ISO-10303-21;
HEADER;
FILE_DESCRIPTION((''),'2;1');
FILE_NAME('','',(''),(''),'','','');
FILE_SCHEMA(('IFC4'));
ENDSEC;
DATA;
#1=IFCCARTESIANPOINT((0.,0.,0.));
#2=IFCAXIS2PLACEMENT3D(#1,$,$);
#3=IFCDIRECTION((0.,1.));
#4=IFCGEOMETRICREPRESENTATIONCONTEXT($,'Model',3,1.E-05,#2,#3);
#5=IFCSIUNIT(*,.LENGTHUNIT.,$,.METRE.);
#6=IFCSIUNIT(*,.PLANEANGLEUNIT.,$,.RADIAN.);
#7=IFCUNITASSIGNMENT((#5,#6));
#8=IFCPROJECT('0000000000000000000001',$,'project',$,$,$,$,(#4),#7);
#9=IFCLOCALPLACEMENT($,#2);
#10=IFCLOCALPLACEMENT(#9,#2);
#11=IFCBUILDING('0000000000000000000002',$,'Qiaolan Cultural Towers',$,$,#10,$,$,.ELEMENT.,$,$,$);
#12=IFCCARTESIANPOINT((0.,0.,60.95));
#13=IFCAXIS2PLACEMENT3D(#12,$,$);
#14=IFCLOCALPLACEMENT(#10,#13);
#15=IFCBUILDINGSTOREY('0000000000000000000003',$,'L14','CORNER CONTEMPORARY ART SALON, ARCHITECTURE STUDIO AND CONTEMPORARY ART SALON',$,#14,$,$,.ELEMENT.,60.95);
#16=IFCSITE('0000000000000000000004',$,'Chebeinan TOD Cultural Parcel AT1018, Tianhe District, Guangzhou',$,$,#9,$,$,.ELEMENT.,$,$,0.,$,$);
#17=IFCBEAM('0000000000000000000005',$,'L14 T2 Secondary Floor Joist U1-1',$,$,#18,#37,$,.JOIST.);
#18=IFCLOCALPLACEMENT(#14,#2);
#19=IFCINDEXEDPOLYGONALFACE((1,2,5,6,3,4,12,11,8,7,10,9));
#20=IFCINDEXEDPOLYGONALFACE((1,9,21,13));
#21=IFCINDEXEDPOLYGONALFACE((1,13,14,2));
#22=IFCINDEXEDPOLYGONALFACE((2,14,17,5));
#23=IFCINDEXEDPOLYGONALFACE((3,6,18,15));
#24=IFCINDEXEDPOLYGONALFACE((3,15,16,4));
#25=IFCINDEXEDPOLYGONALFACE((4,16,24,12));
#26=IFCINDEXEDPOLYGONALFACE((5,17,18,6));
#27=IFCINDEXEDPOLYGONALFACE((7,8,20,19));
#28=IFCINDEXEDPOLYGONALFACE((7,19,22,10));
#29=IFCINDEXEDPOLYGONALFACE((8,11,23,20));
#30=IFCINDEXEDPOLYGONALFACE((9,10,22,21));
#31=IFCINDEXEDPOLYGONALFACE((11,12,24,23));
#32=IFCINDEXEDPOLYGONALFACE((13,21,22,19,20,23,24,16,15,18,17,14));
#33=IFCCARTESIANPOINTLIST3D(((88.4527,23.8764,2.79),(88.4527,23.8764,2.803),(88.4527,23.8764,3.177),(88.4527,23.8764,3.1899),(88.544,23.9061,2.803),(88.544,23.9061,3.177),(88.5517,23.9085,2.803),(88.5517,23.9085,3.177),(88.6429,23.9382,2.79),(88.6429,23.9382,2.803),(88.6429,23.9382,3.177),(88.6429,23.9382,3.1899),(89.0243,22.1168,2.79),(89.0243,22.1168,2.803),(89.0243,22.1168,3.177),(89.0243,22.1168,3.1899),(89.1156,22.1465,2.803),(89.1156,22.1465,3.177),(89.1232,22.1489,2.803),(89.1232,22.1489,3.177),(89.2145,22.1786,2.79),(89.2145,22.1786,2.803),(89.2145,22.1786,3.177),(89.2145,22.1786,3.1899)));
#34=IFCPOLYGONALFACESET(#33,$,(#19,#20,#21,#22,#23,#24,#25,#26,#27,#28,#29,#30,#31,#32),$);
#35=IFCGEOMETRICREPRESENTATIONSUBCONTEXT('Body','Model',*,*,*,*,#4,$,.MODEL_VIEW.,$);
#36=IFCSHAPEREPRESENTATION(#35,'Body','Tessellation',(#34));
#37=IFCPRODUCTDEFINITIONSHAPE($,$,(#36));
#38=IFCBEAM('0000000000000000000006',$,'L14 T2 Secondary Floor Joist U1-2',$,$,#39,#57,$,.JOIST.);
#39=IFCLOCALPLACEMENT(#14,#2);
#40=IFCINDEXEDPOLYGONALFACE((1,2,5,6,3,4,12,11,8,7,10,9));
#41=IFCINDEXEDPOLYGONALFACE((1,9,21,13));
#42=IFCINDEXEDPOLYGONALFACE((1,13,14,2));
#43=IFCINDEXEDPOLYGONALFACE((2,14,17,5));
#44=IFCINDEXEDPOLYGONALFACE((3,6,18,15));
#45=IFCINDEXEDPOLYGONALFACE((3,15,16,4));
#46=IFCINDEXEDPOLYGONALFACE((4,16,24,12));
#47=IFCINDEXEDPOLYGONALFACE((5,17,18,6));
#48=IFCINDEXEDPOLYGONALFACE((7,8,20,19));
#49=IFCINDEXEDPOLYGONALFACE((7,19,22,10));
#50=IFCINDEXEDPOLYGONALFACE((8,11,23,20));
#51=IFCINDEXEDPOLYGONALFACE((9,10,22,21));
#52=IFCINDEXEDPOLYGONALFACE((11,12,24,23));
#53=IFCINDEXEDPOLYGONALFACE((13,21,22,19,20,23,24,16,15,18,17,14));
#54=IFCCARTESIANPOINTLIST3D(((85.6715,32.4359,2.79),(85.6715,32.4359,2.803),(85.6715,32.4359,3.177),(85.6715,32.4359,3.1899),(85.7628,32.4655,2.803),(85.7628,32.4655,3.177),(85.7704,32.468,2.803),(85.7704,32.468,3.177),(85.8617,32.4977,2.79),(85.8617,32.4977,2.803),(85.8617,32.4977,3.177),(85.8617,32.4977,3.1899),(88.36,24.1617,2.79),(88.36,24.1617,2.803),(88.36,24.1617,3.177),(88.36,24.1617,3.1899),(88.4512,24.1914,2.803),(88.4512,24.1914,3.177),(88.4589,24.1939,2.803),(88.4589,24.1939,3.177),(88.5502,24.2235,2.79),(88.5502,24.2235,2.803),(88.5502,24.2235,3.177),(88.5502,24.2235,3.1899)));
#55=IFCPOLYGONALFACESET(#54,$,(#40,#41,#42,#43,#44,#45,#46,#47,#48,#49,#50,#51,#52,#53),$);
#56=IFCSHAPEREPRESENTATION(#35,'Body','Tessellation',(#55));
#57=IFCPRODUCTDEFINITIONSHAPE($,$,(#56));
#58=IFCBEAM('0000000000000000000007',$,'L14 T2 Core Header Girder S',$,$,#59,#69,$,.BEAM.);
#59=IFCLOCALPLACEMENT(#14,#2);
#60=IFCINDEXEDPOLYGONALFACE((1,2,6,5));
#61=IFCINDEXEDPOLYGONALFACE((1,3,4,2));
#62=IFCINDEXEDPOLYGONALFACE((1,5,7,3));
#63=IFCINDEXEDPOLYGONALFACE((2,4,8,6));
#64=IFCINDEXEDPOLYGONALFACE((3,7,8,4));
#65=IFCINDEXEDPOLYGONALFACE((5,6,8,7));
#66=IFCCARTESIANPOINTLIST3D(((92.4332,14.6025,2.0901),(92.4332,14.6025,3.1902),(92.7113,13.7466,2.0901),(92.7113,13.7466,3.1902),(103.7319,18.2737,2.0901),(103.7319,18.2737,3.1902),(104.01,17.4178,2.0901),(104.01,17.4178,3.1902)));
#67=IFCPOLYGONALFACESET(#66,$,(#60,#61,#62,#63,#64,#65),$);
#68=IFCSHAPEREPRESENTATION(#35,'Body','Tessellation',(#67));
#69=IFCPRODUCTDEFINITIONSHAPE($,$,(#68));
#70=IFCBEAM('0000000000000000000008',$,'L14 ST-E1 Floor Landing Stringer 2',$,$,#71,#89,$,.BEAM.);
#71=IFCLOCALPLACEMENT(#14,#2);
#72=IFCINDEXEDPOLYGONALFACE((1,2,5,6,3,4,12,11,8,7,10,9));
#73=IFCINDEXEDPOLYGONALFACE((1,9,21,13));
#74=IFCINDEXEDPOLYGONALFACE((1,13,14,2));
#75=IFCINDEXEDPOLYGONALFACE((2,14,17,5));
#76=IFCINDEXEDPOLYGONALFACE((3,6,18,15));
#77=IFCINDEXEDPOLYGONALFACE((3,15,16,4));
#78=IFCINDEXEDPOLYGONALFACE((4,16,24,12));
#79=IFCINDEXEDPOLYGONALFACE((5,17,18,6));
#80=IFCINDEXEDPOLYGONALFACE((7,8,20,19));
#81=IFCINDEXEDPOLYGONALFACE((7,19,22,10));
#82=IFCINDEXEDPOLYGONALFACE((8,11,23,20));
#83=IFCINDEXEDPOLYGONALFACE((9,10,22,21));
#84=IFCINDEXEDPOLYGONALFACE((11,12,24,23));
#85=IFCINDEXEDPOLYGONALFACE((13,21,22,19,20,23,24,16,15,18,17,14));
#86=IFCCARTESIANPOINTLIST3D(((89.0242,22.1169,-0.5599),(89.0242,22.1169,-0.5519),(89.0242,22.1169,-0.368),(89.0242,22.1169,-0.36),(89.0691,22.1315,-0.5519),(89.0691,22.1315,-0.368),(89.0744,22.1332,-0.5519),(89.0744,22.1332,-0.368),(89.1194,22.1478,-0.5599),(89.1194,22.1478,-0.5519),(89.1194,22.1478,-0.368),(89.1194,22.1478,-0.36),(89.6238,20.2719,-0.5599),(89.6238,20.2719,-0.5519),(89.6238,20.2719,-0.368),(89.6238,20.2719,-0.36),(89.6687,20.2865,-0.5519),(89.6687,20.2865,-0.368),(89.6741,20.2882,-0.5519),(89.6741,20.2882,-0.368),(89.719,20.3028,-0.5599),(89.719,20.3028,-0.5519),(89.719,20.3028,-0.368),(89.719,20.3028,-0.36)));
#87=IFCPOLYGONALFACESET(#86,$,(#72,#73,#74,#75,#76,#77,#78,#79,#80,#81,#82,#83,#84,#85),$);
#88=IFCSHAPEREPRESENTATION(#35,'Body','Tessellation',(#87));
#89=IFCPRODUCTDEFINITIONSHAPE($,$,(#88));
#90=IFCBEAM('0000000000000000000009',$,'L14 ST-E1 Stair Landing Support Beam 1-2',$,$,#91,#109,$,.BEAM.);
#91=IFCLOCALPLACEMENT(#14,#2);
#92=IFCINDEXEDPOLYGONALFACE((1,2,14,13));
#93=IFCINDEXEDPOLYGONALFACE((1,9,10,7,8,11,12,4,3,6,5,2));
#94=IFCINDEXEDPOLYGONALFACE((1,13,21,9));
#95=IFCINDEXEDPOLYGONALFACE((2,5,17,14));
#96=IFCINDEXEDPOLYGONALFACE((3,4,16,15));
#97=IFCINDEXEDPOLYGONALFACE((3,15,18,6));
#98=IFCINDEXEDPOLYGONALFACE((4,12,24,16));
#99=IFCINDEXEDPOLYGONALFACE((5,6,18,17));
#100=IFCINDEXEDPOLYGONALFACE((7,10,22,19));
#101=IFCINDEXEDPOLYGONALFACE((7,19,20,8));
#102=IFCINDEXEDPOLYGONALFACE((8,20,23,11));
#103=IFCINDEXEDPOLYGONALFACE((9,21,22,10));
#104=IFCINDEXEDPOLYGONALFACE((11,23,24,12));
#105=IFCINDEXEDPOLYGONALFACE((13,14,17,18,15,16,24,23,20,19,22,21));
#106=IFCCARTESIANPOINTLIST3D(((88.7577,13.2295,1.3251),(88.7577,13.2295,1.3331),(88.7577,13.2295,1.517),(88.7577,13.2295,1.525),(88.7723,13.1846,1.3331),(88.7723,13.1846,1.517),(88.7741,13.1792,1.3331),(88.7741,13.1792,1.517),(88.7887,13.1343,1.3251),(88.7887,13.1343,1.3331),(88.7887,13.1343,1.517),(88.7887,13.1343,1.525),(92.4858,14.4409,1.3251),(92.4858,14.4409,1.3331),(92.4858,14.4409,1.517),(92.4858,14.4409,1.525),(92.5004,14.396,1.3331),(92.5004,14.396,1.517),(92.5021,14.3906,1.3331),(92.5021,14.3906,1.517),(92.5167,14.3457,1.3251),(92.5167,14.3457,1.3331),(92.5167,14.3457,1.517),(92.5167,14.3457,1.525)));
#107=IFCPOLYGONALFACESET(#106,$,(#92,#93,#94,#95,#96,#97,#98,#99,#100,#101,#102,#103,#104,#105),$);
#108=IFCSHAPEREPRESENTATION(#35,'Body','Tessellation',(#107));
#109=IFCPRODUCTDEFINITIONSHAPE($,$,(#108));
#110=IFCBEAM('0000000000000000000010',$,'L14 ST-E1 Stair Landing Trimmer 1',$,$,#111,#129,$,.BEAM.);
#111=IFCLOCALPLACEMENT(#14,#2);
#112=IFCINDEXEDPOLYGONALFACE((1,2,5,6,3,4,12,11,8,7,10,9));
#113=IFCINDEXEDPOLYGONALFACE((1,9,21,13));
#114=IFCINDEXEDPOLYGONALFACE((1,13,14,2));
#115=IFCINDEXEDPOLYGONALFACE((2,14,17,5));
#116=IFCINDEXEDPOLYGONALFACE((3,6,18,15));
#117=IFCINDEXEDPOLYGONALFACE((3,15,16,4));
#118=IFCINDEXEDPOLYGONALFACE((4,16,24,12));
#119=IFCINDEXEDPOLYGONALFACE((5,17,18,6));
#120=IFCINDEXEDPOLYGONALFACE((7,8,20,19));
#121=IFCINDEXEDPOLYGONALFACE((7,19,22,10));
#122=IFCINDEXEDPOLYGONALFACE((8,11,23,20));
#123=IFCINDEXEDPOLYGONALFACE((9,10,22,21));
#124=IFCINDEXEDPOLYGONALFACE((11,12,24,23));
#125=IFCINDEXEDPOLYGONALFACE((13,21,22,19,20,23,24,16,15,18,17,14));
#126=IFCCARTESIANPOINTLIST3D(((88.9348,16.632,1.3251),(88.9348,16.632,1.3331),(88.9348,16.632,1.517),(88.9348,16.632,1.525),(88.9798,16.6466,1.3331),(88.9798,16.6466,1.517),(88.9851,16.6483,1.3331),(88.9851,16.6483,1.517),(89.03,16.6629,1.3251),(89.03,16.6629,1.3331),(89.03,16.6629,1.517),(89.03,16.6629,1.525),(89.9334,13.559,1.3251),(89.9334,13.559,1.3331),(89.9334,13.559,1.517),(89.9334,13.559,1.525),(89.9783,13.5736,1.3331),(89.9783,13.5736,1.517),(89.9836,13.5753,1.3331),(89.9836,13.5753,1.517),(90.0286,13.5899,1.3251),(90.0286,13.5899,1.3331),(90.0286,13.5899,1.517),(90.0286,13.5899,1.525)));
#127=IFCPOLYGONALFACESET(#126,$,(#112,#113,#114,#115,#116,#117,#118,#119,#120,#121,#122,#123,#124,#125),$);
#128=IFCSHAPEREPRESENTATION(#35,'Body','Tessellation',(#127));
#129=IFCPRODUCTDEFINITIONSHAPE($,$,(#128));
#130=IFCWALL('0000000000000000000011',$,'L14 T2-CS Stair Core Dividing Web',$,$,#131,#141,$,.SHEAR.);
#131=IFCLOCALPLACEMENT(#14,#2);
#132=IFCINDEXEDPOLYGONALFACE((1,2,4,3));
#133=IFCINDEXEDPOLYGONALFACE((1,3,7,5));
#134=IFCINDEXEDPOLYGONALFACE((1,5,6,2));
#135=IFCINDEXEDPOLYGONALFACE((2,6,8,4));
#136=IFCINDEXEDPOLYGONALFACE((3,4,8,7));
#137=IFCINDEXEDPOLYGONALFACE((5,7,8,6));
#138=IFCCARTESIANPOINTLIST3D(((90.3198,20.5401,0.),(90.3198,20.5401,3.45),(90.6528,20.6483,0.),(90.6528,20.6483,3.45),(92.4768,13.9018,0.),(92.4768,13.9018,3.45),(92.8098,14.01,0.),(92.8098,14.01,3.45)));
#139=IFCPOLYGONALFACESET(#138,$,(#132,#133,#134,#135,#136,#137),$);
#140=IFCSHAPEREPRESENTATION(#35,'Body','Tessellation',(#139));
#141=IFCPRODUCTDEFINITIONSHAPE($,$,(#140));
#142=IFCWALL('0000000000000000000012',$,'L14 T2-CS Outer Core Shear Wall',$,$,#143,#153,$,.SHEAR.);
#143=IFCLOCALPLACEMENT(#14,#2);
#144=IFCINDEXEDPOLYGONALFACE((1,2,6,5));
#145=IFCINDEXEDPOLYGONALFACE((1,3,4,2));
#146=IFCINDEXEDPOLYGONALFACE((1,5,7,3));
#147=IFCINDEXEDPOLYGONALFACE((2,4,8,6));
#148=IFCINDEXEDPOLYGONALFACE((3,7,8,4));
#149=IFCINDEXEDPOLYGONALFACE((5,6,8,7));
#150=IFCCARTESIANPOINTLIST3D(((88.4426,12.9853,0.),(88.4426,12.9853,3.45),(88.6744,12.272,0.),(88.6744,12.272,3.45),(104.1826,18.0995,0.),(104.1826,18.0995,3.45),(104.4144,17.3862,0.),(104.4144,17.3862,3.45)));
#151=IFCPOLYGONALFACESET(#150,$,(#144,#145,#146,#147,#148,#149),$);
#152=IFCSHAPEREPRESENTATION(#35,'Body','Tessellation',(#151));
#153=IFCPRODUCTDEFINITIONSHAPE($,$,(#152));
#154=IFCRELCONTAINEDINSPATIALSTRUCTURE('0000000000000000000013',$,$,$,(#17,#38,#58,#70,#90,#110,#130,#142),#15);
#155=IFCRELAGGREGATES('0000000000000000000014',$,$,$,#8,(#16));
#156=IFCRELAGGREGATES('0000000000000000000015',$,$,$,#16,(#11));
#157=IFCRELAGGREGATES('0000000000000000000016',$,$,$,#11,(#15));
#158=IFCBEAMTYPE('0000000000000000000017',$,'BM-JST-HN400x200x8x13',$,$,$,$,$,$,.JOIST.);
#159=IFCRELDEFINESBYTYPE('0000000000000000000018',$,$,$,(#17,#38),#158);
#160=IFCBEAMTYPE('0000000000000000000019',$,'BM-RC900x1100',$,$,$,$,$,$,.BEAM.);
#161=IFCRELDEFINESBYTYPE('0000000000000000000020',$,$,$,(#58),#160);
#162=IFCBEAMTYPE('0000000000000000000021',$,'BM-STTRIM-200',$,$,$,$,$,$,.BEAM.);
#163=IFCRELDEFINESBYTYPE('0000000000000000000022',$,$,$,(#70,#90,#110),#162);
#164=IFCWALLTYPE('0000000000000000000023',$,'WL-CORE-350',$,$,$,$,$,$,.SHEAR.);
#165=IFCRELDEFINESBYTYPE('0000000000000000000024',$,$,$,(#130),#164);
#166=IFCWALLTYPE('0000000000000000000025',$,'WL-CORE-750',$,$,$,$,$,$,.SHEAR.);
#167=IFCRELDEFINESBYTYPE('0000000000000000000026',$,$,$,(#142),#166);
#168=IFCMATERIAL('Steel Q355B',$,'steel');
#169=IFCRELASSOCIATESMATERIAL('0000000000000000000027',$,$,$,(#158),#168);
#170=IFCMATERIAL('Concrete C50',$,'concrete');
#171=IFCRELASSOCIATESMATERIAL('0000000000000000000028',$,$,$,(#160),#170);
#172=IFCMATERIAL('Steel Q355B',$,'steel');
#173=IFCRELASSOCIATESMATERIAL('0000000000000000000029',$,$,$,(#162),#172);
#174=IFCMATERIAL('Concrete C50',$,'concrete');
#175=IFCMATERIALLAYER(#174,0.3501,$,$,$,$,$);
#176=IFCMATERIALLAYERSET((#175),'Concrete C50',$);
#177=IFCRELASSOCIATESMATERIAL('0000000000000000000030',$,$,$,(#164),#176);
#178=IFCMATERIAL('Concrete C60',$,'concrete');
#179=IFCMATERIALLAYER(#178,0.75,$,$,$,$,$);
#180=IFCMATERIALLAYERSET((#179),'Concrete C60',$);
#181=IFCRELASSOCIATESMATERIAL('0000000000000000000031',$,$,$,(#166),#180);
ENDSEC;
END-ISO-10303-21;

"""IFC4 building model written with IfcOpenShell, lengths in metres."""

from ifc_helpers import new_model, si_unit, direction, frame, frame_2d, origin, origin_2d, place, context, subcontext, project, spatial, rectangle, i_section, extrude, material, layer, layer_set, material_profile, profile_set, type_object, element, save


model = new_model("IFC4")

# Units and contexts
model_context = context("Model", 3, precision=1e-05, world=origin(), true_north=direction((0.0, 1.0)))
body_context = subcontext(model_context, "Body", "Model", "MODEL_VIEW")
ifc_project = project(units=[si_unit("LENGTHUNIT", "METRE"), si_unit("PLANEANGLEUNIT", "RADIAN")], contexts=[model_context])

# Site, building, storey
site_placement = place(None, origin())
site = spatial("IfcSite", under=ifc_project, at=site_placement, Name="Chebeinan TOD Cultural Parcel AT1018, Tianhe District, Guangzhou", CompositionType="ELEMENT", RefElevation=0.0)
building_placement = place(site_placement, origin())
building = spatial("IfcBuilding", under=site, at=building_placement, Name="Qiaolan Cultural Towers", CompositionType="ELEMENT")
storey_placement = place(building_placement, frame((0.0, 0.0, 60.95)))
storey = spatial("IfcBuildingStorey", under=building, at=storey_placement, Name="L14", Description="CORNER CONTEMPORARY ART SALON, ARCHITECTURE STUDIO AND CONTEMPORARY ART SALON", CompositionType="ELEMENT", Elevation=60.95)

# Beams
ifc_material_1 = material(Name="Steel Q355B", Category="steel")
ifc_material_profile_1 = material_profile(ifc_material_1, i_section(OverallWidth=0.2, OverallDepth=0.3999, WebThickness=0.0081, FlangeThickness=0.0129, at=origin_2d()), Name="HN400x200x8x13")
ifc_profile_set_1 = profile_set([ifc_material_profile_1], Name="Steel Q355B")
beam_type_1 = type_object("IfcBeamType", Name="BM-JST-HN400x200x8x13", PredefinedType="JOIST", material=ifc_profile_set_1)
beam_1_placement = place(storey_placement, frame((89.1194, 22.1477, 2.99), z_axis=(-0.308934, 0.951084, 0.0), x_axis=(-0.951084, -0.308934, 0.0)))
element("IfcBeam", 1, at=beam_1_placement, inside=storey, type_object=beam_type_1, Name="L14 T2 Secondary Floor Joist U1-1", PredefinedType="JOIST", context=body_context, shape_type="SweptSolid", body=[
    extrude(i_section(OverallWidth=0.2, OverallDepth=0.3999, WebThickness=0.0081, FlangeThickness=0.0129, at=origin_2d()), origin(), (0.0, 0.0, 1.0), 1.8501),
])
beam_2_placement = place(storey_placement, frame((88.4551, 24.1926, 2.99), z_axis=(-0.309021, 0.951055, 0.0), x_axis=(-0.951055, -0.309021, 0.0)))
element("IfcBeam", 2, at=beam_2_placement, inside=storey, type_object=beam_type_1, Name="L14 T2 Secondary Floor Joist U1-2", PredefinedType="JOIST", context=body_context, shape_type="SweptSolid", body=[
    extrude(i_section(OverallWidth=0.2, OverallDepth=0.3999, WebThickness=0.0081, FlangeThickness=0.0129, at=origin_2d()), origin(), (0.0, 0.0, 1.0), 8.7),
])
ifc_material_2 = material(Name="Concrete C50", Category="concrete")
ifc_material_profile_2 = material_profile(ifc_material_2, rectangle(XDim=0.8999, YDim=1.1001, at=origin_2d()), Name="RC900x1100")
ifc_profile_set_2 = profile_set([ifc_material_profile_2], Name="Concrete C50")
beam_type_2 = type_object("IfcBeamType", Name="BM-RC900x1100", PredefinedType="BEAM", material=ifc_profile_set_2)
beam_3_placement = place(storey_placement, frame((92.5723, 14.1746, 2.6401), z_axis=(0.951056, 0.309018, 0.0), x_axis=(-0.309018, 0.951056, 0.0)))
element("IfcBeam", 3, at=beam_3_placement, inside=storey, type_object=beam_type_2, Name="L14 T2 Core Header Girder S", PredefinedType="BEAM", context=body_context, shape_type="SweptSolid", body=[
    extrude(rectangle(XDim=0.8999, YDim=1.1001, at=origin_2d()), origin(), (0.0, 0.0, 1.0), 11.8801),
])
ifc_material_3 = material(Name="Steel Q355B", Category="steel")
ifc_material_profile_3 = material_profile(ifc_material_3, i_section(OverallWidth=0.1001, OverallDepth=0.2, WebThickness=0.0056, FlangeThickness=0.0081, at=origin_2d()), Name="HN200x100x5.5x8")
ifc_profile_set_3 = profile_set([ifc_material_profile_3], Name="Steel Q355B")
beam_type_3 = type_object("IfcBeamType", Name="BM-STTRIM-200", PredefinedType="BEAM", material=ifc_profile_set_3)
beam_4_placement = place(storey_placement, frame((89.0718, 22.1323, -0.46), z_axis=(0.309083, -0.951035, 0.0), x_axis=(0.951035, 0.309083, 0.0)))
element("IfcBeam", 4, at=beam_4_placement, inside=storey, type_object=beam_type_3, Name="L14 ST-E1 Floor Landing Stringer 2", PredefinedType="BEAM", context=body_context, shape_type="SweptSolid", body=[
    extrude(i_section(OverallWidth=0.1001, OverallDepth=0.2, WebThickness=0.0056, FlangeThickness=0.0081, at=origin_2d()), origin(), (0.0, 0.0, 1.0), 1.9399),
])
beam_5_placement = place(storey_placement, frame((88.7732, 13.1819, 1.425), z_axis=(0.951048, 0.309044, 0.0), x_axis=(-0.309044, 0.951048, 0.0)))
element("IfcBeam", 5, at=beam_5_placement, inside=storey, type_object=beam_type_3, Name="L14 ST-E1 Stair Landing Support Beam 1-2", PredefinedType="BEAM", context=body_context, shape_type="SweptSolid", body=[
    extrude(i_section(OverallWidth=0.1001, OverallDepth=0.2, WebThickness=0.0056, FlangeThickness=0.0081, at=origin_2d()), origin(), (0.0, 0.0, 1.0), 3.9199),
])
beam_6_placement = place(storey_placement, frame((88.9824, 16.6475, 1.425), z_axis=(0.309033, -0.951051, 0.0), x_axis=(0.951051, 0.309033, 0.0)))
element("IfcBeam", 6, at=beam_6_placement, inside=storey, type_object=beam_type_3, Name="L14 ST-E1 Stair Landing Trimmer 1", PredefinedType="BEAM", context=body_context, shape_type="SweptSolid", body=[
    extrude(i_section(OverallWidth=0.1001, OverallDepth=0.2, WebThickness=0.0056, FlangeThickness=0.0081, at=origin_2d()), origin(), (0.0, 0.0, 1.0), 3.2312),
])

# Walls
ifc_material_4 = material(Name="Concrete C50", Category="concrete")
ifc_layer_1 = layer(ifc_material_4, 0.3501)
ifc_layer_set_1 = layer_set([ifc_layer_1], Name="Concrete C50")
wall_type_1 = type_object("IfcWallType", Name="WL-CORE-350", PredefinedType="SHEAR", material=ifc_layer_set_1)
wall_1_placement = place(storey_placement, frame((90.4863, 20.5942, 0.0), z_axis=(0.0, 0.0, 1.0), x_axis=(0.30902, -0.951055, 0.0)))
element("IfcWall", 7, at=wall_1_placement, inside=storey, type_object=wall_type_1, Name="L14 T2-CS Stair Core Dividing Web", PredefinedType="SHEAR", context=body_context, shape_type="SweptSolid", body=[
    extrude(rectangle(XDim=6.98, YDim=0.3501, at=frame_2d((3.49, 0.0))), origin(), (0.0, 0.0, 1.0), 3.45),
])
ifc_material_5 = material(Name="Concrete C60", Category="concrete")
ifc_layer_2 = layer(ifc_material_5, 0.75)
ifc_layer_set_2 = layer_set([ifc_layer_2], Name="Concrete C60")
wall_type_2 = type_object("IfcWallType", Name="WL-CORE-750", PredefinedType="SHEAR", material=ifc_layer_set_2)
wall_2_placement = place(storey_placement, frame((88.5586, 12.6287, 0.0), z_axis=(0.0, 0.0, 1.0), x_axis=(0.951056, 0.309018, 0.0)))
element("IfcWall", 8, at=wall_2_placement, inside=storey, type_object=wall_type_2, Name="L14 T2-CS Outer Core Shear Wall", PredefinedType="SHEAR", context=body_context, shape_type="SweptSolid", body=[
    extrude(rectangle(XDim=16.55, YDim=0.75, at=frame_2d((8.2749, 0.0))), origin(), (0.0, 0.0, 1.0), 3.45),
])

save(model, "model.ifc")
